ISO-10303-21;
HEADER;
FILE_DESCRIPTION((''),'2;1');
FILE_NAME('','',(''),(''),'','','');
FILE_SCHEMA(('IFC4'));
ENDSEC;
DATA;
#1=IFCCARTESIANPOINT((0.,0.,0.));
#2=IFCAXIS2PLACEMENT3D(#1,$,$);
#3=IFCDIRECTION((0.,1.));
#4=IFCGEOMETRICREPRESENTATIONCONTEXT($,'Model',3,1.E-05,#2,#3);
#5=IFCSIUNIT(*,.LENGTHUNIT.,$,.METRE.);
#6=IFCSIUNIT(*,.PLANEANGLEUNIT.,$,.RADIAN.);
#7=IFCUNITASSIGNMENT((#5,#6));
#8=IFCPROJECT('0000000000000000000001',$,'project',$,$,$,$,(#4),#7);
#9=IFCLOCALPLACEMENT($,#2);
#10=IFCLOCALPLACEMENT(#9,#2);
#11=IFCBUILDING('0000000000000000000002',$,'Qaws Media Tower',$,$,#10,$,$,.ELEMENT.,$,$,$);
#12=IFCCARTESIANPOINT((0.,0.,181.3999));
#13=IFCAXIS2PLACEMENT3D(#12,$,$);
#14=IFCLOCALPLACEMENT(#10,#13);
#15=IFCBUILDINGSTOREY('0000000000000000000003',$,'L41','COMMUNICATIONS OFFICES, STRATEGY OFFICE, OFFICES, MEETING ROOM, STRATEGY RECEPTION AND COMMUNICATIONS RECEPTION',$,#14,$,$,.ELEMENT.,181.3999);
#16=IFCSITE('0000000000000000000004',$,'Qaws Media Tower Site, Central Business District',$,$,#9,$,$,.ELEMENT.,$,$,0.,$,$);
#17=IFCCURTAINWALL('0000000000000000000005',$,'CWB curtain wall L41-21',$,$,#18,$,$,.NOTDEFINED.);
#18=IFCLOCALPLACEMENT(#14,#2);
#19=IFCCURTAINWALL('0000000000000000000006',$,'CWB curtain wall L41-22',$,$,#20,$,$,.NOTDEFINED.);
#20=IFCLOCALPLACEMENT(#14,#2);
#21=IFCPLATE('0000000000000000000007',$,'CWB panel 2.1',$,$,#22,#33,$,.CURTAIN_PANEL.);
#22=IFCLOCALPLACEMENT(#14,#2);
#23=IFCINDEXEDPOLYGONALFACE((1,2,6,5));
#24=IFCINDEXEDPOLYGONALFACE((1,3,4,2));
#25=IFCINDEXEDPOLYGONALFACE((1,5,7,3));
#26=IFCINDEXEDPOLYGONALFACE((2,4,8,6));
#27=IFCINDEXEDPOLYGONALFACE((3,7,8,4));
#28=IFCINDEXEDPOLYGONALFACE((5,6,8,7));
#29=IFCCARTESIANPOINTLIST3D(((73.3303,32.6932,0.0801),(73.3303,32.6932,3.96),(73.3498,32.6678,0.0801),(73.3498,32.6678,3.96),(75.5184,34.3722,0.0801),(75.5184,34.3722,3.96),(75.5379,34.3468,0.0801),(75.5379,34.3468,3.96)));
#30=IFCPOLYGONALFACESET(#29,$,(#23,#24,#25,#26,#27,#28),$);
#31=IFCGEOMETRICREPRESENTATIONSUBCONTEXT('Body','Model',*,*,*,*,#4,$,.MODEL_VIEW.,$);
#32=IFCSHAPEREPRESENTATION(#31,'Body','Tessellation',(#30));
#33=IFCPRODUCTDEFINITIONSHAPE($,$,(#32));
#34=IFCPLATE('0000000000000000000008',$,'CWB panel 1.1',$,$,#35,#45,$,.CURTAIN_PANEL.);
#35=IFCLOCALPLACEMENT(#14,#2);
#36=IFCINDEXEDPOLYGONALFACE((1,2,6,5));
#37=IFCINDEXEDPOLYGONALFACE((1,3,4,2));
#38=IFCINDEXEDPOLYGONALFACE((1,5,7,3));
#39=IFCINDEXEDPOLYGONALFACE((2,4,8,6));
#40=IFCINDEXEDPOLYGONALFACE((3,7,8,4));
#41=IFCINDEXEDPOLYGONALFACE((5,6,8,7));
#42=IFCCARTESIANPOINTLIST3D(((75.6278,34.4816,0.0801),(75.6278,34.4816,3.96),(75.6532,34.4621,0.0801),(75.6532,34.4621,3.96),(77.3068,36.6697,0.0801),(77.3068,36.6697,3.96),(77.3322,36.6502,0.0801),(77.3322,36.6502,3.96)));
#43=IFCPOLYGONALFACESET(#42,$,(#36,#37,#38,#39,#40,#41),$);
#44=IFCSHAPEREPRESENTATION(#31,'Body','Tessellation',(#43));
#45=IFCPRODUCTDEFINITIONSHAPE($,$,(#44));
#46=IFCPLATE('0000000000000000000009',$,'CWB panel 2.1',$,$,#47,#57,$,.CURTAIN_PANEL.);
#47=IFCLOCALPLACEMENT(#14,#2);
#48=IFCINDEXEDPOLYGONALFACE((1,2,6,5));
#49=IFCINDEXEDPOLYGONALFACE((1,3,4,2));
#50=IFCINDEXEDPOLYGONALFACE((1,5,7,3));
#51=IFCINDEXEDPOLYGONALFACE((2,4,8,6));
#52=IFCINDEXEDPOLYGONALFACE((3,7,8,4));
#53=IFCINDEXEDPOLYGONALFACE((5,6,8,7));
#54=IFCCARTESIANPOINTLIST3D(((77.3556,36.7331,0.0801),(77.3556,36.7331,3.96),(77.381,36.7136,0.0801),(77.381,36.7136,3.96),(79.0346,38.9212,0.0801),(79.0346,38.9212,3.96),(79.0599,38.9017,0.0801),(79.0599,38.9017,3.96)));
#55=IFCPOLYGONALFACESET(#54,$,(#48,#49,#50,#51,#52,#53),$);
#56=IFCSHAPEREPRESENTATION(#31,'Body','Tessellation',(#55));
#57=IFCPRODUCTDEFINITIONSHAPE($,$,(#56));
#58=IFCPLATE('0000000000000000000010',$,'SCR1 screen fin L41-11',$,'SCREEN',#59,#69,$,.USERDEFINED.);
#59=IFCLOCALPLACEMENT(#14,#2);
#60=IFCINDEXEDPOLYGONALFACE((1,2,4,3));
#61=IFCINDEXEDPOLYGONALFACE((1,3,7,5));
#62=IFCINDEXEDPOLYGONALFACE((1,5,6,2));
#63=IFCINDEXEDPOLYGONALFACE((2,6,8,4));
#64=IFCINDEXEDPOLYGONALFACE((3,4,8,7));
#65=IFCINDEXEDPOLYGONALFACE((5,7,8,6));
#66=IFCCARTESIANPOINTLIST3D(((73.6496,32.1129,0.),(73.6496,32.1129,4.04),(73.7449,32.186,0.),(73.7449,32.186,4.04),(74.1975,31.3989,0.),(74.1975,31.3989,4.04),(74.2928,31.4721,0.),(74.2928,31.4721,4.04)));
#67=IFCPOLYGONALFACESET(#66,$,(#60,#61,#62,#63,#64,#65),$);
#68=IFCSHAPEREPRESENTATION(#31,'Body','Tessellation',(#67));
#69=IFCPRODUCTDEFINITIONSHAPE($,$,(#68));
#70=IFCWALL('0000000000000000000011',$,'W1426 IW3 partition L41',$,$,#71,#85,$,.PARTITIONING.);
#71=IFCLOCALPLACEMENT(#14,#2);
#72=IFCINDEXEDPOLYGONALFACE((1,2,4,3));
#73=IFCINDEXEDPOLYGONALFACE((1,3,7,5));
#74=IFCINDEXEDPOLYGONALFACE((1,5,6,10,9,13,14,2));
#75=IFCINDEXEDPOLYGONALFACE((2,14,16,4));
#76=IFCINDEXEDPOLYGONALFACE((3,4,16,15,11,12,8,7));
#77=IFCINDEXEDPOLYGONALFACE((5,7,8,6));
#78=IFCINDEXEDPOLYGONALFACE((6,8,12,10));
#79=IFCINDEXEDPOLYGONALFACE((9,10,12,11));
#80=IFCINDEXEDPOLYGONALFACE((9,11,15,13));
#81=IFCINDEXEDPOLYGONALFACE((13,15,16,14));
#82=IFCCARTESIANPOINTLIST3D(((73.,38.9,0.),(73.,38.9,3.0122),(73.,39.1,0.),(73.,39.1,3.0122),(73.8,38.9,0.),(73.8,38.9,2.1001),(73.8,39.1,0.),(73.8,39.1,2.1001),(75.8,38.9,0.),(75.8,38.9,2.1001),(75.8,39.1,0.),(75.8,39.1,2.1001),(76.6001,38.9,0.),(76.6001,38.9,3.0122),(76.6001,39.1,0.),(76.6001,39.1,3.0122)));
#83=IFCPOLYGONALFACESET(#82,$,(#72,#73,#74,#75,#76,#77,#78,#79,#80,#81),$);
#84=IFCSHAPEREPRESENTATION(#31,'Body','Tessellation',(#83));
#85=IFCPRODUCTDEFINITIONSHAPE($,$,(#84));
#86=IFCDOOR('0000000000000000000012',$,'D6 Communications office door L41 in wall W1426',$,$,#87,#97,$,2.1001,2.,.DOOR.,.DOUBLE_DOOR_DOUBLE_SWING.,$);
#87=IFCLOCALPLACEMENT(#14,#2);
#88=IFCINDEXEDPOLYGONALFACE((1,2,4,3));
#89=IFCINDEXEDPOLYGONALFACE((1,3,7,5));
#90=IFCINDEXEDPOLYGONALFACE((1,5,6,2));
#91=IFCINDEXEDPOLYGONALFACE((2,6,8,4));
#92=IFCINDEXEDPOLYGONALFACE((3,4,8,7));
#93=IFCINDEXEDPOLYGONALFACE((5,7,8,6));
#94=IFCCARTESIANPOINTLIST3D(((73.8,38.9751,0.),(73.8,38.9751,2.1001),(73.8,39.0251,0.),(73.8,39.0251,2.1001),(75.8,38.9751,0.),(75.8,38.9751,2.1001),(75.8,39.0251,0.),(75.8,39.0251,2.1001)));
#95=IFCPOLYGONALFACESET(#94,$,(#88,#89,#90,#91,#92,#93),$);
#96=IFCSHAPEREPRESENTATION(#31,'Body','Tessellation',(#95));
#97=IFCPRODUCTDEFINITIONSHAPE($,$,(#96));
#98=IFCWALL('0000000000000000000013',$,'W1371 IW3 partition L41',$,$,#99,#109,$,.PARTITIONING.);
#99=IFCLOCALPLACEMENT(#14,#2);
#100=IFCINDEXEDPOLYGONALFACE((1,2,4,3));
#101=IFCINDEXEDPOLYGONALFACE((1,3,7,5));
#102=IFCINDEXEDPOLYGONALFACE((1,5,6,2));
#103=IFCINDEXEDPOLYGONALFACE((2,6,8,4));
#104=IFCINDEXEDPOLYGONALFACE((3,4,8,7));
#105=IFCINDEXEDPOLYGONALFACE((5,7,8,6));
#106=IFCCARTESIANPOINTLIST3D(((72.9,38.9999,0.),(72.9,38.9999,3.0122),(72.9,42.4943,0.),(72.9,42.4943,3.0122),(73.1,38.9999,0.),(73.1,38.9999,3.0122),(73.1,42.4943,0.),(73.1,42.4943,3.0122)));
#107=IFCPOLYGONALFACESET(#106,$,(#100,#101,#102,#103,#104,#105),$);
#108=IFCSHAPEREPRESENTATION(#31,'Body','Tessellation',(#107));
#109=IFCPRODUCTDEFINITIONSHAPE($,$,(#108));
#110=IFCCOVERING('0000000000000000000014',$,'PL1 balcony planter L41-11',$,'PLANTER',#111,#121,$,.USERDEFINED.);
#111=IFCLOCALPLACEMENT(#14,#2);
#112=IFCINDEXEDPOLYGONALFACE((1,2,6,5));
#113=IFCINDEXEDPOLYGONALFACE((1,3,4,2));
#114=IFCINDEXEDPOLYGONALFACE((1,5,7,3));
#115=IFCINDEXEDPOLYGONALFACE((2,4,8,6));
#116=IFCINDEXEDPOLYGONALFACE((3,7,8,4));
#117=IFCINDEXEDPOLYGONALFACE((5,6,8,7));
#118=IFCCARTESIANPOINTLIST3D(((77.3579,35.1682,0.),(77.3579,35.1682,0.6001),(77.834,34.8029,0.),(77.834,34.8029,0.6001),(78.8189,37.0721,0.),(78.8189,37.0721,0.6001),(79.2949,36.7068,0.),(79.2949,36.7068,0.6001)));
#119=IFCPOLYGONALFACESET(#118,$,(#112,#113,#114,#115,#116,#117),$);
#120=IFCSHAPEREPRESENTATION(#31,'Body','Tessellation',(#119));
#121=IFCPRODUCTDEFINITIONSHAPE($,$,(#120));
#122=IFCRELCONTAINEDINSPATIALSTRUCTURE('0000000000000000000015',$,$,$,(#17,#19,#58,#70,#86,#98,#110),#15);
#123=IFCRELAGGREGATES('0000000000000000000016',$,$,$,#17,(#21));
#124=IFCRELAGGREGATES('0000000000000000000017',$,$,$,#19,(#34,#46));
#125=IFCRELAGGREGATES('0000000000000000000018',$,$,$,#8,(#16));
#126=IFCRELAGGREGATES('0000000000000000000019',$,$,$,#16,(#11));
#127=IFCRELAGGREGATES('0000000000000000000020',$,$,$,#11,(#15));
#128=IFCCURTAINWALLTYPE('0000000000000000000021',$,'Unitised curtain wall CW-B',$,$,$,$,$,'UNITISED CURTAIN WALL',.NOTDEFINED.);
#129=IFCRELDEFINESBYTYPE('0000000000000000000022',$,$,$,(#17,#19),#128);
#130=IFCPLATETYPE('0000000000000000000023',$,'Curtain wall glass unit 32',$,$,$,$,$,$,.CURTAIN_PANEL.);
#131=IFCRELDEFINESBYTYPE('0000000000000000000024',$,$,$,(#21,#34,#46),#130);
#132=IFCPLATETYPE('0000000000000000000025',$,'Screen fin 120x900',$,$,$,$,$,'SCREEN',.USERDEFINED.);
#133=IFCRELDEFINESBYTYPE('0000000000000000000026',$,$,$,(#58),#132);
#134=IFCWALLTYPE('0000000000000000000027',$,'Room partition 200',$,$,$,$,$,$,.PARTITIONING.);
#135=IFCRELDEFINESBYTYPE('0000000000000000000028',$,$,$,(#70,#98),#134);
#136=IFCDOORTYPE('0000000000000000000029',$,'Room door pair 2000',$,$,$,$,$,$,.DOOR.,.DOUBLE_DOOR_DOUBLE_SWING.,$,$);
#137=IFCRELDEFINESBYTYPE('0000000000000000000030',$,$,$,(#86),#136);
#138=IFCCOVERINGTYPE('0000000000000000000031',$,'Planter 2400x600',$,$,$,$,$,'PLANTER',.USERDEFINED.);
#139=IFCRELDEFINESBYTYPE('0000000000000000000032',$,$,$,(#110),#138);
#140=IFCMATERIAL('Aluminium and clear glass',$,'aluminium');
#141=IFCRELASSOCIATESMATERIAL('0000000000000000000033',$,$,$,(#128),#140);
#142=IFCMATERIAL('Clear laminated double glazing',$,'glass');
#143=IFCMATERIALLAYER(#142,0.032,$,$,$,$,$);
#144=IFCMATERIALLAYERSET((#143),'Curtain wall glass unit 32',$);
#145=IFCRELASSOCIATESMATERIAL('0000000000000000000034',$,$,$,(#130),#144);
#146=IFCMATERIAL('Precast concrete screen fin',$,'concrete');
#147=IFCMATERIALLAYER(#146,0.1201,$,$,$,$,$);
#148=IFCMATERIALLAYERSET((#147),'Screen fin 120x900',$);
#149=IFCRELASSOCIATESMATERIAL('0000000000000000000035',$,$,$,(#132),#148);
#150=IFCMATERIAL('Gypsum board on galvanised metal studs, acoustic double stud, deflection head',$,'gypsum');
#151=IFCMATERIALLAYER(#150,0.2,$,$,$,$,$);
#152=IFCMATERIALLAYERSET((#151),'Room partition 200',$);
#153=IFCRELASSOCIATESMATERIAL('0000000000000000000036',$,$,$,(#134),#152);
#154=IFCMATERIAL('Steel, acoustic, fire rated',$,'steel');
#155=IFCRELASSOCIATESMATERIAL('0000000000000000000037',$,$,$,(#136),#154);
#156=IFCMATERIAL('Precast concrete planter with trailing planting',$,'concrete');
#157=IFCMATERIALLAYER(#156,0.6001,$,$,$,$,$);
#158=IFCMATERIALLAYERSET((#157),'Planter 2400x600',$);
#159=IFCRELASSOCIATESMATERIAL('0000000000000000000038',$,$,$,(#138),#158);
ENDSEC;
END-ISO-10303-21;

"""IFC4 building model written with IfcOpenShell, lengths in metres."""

from ifc_helpers import new_model, si_unit, direction, frame, frame_2d, origin, origin_2d, place, context, subcontext, project, spatial, rectangle, extrude, material, layer, layer_set, type_object, element, fill, aggregate, save


model = new_model("IFC4")

# Units and contexts
model_context = context("Model", 3, precision=1e-05, world=origin(), true_north=direction((0.0, 1.0)))
body_context = subcontext(model_context, "Body", "Model", "MODEL_VIEW")
ifc_project = project(units=[si_unit("LENGTHUNIT", "METRE"), si_unit("PLANEANGLEUNIT", "RADIAN")], contexts=[model_context])

# Site, building, storey
site_placement = place(None, origin())
site = spatial("IfcSite", under=ifc_project, at=site_placement, Name="Qaws Media Tower Site, Central Business District", CompositionType="ELEMENT", RefElevation=0.0)
building_placement = place(site_placement, origin())
building = spatial("IfcBuilding", under=site, at=building_placement, Name="Qaws Media Tower", CompositionType="ELEMENT")
storey_placement = place(building_placement, frame((0.0, 0.0, 181.3999)))
storey = spatial("IfcBuildingStorey", under=building, at=storey_placement, Name="L41", Description="COMMUNICATIONS OFFICES, STRATEGY OFFICE, OFFICES, MEETING ROOM, STRATEGY RECEPTION AND COMMUNICATIONS RECEPTION", CompositionType="ELEMENT", Elevation=181.3999)

# Curtain walls
ifc_material_1 = material(Name="Aluminium and clear glass", Category="aluminium")
curtain_wall_type = type_object("IfcCurtainWallType", Name="Unitised curtain wall CW-B", ElementType="UNITISED CURTAIN WALL", PredefinedType="NOTDEFINED", material=ifc_material_1)
curtain_wall_1_placement = place(storey_placement, origin())
curtain_wall_1 = element("IfcCurtainWall", 1, at=curtain_wall_1_placement, inside=storey, type_object=curtain_wall_type, Name="CWB curtain wall L41-21", PredefinedType="NOTDEFINED")
curtain_wall_2_placement = place(storey_placement, origin())
curtain_wall_2 = element("IfcCurtainWall", 2, at=curtain_wall_2_placement, inside=storey, type_object=curtain_wall_type, Name="CWB curtain wall L41-22", PredefinedType="NOTDEFINED")

# Plates
ifc_material_2 = material(Name="Clear laminated double glazing", Category="glass")
ifc_layer_1 = layer(ifc_material_2, 0.032)
ifc_layer_set_1 = layer_set([ifc_layer_1], Name="Curtain wall glass unit 32")
plate_type_1 = type_object("IfcPlateType", Name="Curtain wall glass unit 32", PredefinedType="CURTAIN_PANEL", material=ifc_layer_set_1)
plate_1_placement = place(storey_placement, frame((74.4341, 33.52, 0.0801), z_axis=(0.0, 0.0, 1.0), x_axis=(0.793353, 0.608761, 0.0)))
plate_1 = element("IfcPlate", 3, at=plate_1_placement, type_object=plate_type_1, Name="CWB panel 2.1", PredefinedType="CURTAIN_PANEL", context=body_context, shape_type="SweptSolid", body=[
    extrude(rectangle(XDim=2.7581, YDim=0.032, at=origin_2d()), origin(), (0.0, 0.0, 1.0), 3.8799),
])
aggregate(curtain_wall_1, [plate_1])
plate_2_placement = place(storey_placement, frame((76.48, 35.5659, 0.0801), z_axis=(0.0, 0.0, 1.0), x_axis=(0.608761, 0.793353, 0.0)))
plate_2 = element("IfcPlate", 4, at=plate_2_placement, type_object=plate_type_1, Name="CWB panel 1.1", PredefinedType="CURTAIN_PANEL", context=body_context, shape_type="SweptSolid", body=[
    extrude(rectangle(XDim=2.7581, YDim=0.032, at=origin_2d()), origin(), (0.0, 0.0, 1.0), 3.8799),
])
plate_3_placement = place(storey_placement, frame((78.2078, 37.8174, 0.0801), z_axis=(0.0, 0.0, 1.0), x_axis=(0.608761, 0.793353, 0.0)))
plate_3 = element("IfcPlate", 5, at=plate_3_placement, type_object=plate_type_1, Name="CWB panel 2.1", PredefinedType="CURTAIN_PANEL", context=body_context, shape_type="SweptSolid", body=[
    extrude(rectangle(XDim=2.7581, YDim=0.032, at=origin_2d()), origin(), (0.0, 0.0, 1.0), 3.8799),
])
aggregate(curtain_wall_2, [plate_2, plate_3])
ifc_material_3 = material(Name="Precast concrete screen fin", Category="concrete")
ifc_layer_2 = layer(ifc_material_3, 0.1201)
ifc_layer_set_2 = layer_set([ifc_layer_2], Name="Screen fin 120x900")
plate_type_2 = type_object("IfcPlateType", Name="Screen fin 120x900", ElementType="SCREEN", PredefinedType="USERDEFINED", material=ifc_layer_set_2)
plate_4_placement = place(storey_placement, frame((73.9712, 31.7925, 0.0), z_axis=(0.0, 0.0, 1.0), x_axis=(0.608761, -0.793353, 0.0)))
element("IfcPlate", 6, at=plate_4_placement, inside=storey, type_object=plate_type_2, Name="SCR1 screen fin L41-11", ObjectType="SCREEN", PredefinedType="USERDEFINED", context=body_context, shape_type="SweptSolid", body=[
    extrude(rectangle(XDim=0.8999, YDim=0.1201, at=origin_2d()), origin(), (0.0, 0.0, 1.0), 4.04),
])

# Wall, opening, door
ifc_material_4 = material(Name="Gypsum board on galvanised metal studs, acoustic double stud, deflection head", Category="gypsum")
ifc_layer_3 = layer(ifc_material_4, 0.2)
ifc_layer_set_3 = layer_set([ifc_layer_3], Name="Room partition 200")
wall_type = type_object("IfcWallType", Name="Room partition 200", PredefinedType="PARTITIONING", material=ifc_layer_set_3)
wall_1_placement = place(storey_placement, frame((76.6001, 39.0, 0.0), z_axis=(0.0, 0.0, 1.0), x_axis=(-1.0, 0.0, 0.0)))
wall_1 = element("IfcWall", 7, at=wall_1_placement, inside=storey, type_object=wall_type, Name="W1426 IW3 partition L41", PredefinedType="PARTITIONING", context=body_context, shape_type="SweptSolid", body=[
    extrude(rectangle(XDim=3.6001, YDim=0.2, at=frame_2d((1.8, 0.0))), origin(), (0.0, 0.0, 1.0), 3.0122),
])
opening_placement = place(wall_1_placement, frame((0.8, 0.0, 0.0)))
opening = element("IfcOpeningElement", 8, at=opening_placement, cuts=wall_1, PredefinedType="OPENING", context=body_context, shape_type="SweptSolid", body=[
    extrude(rectangle(XDim=2.0, YDim=2.1001, at=frame_2d((1.0, 1.05))), frame((0.0, 0.1099, 0.0), z_axis=(0.0, -1.0, 0.0), x_axis=(1.0, 0.0, 0.0)), (0.0, 0.0, 1.0), 0.22),
])
ifc_material_5 = material(Name="Steel, acoustic, fire rated", Category="steel")
door_type = type_object("IfcDoorType", Name="Room door pair 2000", OperationType="DOUBLE_DOOR_DOUBLE_SWING", PredefinedType="DOOR", material=ifc_material_5)
door_placement = place(opening_placement, origin())
door = element("IfcDoor", 9, at=door_placement, inside=storey, type_object=door_type, Name="D6 Communications office door L41 in wall W1426", OperationType="DOUBLE_DOOR_DOUBLE_SWING", OverallHeight=2.1001, OverallWidth=2.0, PredefinedType="DOOR", context=body_context, shape_type="SweptSolid", body=[
    extrude(rectangle(XDim=2.0, YDim=2.1001, at=frame_2d((1.0, 1.05))), frame((0.0, 0.0249, 0.0), z_axis=(0.0, -1.0, 0.0), x_axis=(1.0, 0.0, 0.0)), (0.0, 0.0, 1.0), 0.05),
])
fill(opening, door)

# Wall
wall_2_placement = place(storey_placement, frame((73.0, 39.0, 0.0), z_axis=(0.0, 0.0, 1.0), x_axis=(0.0, 1.0, 0.0)))
element("IfcWall", 10, at=wall_2_placement, inside=storey, type_object=wall_type, Name="W1371 IW3 partition L41", PredefinedType="PARTITIONING", context=body_context, shape_type="SweptSolid", body=[
    extrude(rectangle(XDim=3.4944, YDim=0.2, at=frame_2d((1.7471, 0.0))), origin(), (0.0, 0.0, 1.0), 3.0122),
])

# Covering
ifc_material_6 = material(Name="Precast concrete planter with trailing planting", Category="concrete")
ifc_layer_4 = layer(ifc_material_6, 0.6001)
ifc_layer_set_4 = layer_set([ifc_layer_4], Name="Planter 2400x600")
covering_type = type_object("IfcCoveringType", Name="Planter 2400x600", ElementType="PLANTER", PredefinedType="USERDEFINED", material=ifc_layer_set_4)
covering_placement = place(storey_placement, frame((78.3264, 35.9375, 0.0), z_axis=(0.0, 0.0, 1.0), x_axis=(0.608761, 0.793353, 0.0)))
element("IfcCovering", 11, at=covering_placement, inside=storey, type_object=covering_type, Name="PL1 balcony planter L41-11", ObjectType="PLANTER", PredefinedType="USERDEFINED", context=body_context, shape_type="SweptSolid", body=[
    extrude(rectangle(XDim=2.3999, YDim=0.6001, at=origin_2d()), origin(), (0.0, 0.0, 1.0), 0.6001),
])

save(model, "model.ifc")
